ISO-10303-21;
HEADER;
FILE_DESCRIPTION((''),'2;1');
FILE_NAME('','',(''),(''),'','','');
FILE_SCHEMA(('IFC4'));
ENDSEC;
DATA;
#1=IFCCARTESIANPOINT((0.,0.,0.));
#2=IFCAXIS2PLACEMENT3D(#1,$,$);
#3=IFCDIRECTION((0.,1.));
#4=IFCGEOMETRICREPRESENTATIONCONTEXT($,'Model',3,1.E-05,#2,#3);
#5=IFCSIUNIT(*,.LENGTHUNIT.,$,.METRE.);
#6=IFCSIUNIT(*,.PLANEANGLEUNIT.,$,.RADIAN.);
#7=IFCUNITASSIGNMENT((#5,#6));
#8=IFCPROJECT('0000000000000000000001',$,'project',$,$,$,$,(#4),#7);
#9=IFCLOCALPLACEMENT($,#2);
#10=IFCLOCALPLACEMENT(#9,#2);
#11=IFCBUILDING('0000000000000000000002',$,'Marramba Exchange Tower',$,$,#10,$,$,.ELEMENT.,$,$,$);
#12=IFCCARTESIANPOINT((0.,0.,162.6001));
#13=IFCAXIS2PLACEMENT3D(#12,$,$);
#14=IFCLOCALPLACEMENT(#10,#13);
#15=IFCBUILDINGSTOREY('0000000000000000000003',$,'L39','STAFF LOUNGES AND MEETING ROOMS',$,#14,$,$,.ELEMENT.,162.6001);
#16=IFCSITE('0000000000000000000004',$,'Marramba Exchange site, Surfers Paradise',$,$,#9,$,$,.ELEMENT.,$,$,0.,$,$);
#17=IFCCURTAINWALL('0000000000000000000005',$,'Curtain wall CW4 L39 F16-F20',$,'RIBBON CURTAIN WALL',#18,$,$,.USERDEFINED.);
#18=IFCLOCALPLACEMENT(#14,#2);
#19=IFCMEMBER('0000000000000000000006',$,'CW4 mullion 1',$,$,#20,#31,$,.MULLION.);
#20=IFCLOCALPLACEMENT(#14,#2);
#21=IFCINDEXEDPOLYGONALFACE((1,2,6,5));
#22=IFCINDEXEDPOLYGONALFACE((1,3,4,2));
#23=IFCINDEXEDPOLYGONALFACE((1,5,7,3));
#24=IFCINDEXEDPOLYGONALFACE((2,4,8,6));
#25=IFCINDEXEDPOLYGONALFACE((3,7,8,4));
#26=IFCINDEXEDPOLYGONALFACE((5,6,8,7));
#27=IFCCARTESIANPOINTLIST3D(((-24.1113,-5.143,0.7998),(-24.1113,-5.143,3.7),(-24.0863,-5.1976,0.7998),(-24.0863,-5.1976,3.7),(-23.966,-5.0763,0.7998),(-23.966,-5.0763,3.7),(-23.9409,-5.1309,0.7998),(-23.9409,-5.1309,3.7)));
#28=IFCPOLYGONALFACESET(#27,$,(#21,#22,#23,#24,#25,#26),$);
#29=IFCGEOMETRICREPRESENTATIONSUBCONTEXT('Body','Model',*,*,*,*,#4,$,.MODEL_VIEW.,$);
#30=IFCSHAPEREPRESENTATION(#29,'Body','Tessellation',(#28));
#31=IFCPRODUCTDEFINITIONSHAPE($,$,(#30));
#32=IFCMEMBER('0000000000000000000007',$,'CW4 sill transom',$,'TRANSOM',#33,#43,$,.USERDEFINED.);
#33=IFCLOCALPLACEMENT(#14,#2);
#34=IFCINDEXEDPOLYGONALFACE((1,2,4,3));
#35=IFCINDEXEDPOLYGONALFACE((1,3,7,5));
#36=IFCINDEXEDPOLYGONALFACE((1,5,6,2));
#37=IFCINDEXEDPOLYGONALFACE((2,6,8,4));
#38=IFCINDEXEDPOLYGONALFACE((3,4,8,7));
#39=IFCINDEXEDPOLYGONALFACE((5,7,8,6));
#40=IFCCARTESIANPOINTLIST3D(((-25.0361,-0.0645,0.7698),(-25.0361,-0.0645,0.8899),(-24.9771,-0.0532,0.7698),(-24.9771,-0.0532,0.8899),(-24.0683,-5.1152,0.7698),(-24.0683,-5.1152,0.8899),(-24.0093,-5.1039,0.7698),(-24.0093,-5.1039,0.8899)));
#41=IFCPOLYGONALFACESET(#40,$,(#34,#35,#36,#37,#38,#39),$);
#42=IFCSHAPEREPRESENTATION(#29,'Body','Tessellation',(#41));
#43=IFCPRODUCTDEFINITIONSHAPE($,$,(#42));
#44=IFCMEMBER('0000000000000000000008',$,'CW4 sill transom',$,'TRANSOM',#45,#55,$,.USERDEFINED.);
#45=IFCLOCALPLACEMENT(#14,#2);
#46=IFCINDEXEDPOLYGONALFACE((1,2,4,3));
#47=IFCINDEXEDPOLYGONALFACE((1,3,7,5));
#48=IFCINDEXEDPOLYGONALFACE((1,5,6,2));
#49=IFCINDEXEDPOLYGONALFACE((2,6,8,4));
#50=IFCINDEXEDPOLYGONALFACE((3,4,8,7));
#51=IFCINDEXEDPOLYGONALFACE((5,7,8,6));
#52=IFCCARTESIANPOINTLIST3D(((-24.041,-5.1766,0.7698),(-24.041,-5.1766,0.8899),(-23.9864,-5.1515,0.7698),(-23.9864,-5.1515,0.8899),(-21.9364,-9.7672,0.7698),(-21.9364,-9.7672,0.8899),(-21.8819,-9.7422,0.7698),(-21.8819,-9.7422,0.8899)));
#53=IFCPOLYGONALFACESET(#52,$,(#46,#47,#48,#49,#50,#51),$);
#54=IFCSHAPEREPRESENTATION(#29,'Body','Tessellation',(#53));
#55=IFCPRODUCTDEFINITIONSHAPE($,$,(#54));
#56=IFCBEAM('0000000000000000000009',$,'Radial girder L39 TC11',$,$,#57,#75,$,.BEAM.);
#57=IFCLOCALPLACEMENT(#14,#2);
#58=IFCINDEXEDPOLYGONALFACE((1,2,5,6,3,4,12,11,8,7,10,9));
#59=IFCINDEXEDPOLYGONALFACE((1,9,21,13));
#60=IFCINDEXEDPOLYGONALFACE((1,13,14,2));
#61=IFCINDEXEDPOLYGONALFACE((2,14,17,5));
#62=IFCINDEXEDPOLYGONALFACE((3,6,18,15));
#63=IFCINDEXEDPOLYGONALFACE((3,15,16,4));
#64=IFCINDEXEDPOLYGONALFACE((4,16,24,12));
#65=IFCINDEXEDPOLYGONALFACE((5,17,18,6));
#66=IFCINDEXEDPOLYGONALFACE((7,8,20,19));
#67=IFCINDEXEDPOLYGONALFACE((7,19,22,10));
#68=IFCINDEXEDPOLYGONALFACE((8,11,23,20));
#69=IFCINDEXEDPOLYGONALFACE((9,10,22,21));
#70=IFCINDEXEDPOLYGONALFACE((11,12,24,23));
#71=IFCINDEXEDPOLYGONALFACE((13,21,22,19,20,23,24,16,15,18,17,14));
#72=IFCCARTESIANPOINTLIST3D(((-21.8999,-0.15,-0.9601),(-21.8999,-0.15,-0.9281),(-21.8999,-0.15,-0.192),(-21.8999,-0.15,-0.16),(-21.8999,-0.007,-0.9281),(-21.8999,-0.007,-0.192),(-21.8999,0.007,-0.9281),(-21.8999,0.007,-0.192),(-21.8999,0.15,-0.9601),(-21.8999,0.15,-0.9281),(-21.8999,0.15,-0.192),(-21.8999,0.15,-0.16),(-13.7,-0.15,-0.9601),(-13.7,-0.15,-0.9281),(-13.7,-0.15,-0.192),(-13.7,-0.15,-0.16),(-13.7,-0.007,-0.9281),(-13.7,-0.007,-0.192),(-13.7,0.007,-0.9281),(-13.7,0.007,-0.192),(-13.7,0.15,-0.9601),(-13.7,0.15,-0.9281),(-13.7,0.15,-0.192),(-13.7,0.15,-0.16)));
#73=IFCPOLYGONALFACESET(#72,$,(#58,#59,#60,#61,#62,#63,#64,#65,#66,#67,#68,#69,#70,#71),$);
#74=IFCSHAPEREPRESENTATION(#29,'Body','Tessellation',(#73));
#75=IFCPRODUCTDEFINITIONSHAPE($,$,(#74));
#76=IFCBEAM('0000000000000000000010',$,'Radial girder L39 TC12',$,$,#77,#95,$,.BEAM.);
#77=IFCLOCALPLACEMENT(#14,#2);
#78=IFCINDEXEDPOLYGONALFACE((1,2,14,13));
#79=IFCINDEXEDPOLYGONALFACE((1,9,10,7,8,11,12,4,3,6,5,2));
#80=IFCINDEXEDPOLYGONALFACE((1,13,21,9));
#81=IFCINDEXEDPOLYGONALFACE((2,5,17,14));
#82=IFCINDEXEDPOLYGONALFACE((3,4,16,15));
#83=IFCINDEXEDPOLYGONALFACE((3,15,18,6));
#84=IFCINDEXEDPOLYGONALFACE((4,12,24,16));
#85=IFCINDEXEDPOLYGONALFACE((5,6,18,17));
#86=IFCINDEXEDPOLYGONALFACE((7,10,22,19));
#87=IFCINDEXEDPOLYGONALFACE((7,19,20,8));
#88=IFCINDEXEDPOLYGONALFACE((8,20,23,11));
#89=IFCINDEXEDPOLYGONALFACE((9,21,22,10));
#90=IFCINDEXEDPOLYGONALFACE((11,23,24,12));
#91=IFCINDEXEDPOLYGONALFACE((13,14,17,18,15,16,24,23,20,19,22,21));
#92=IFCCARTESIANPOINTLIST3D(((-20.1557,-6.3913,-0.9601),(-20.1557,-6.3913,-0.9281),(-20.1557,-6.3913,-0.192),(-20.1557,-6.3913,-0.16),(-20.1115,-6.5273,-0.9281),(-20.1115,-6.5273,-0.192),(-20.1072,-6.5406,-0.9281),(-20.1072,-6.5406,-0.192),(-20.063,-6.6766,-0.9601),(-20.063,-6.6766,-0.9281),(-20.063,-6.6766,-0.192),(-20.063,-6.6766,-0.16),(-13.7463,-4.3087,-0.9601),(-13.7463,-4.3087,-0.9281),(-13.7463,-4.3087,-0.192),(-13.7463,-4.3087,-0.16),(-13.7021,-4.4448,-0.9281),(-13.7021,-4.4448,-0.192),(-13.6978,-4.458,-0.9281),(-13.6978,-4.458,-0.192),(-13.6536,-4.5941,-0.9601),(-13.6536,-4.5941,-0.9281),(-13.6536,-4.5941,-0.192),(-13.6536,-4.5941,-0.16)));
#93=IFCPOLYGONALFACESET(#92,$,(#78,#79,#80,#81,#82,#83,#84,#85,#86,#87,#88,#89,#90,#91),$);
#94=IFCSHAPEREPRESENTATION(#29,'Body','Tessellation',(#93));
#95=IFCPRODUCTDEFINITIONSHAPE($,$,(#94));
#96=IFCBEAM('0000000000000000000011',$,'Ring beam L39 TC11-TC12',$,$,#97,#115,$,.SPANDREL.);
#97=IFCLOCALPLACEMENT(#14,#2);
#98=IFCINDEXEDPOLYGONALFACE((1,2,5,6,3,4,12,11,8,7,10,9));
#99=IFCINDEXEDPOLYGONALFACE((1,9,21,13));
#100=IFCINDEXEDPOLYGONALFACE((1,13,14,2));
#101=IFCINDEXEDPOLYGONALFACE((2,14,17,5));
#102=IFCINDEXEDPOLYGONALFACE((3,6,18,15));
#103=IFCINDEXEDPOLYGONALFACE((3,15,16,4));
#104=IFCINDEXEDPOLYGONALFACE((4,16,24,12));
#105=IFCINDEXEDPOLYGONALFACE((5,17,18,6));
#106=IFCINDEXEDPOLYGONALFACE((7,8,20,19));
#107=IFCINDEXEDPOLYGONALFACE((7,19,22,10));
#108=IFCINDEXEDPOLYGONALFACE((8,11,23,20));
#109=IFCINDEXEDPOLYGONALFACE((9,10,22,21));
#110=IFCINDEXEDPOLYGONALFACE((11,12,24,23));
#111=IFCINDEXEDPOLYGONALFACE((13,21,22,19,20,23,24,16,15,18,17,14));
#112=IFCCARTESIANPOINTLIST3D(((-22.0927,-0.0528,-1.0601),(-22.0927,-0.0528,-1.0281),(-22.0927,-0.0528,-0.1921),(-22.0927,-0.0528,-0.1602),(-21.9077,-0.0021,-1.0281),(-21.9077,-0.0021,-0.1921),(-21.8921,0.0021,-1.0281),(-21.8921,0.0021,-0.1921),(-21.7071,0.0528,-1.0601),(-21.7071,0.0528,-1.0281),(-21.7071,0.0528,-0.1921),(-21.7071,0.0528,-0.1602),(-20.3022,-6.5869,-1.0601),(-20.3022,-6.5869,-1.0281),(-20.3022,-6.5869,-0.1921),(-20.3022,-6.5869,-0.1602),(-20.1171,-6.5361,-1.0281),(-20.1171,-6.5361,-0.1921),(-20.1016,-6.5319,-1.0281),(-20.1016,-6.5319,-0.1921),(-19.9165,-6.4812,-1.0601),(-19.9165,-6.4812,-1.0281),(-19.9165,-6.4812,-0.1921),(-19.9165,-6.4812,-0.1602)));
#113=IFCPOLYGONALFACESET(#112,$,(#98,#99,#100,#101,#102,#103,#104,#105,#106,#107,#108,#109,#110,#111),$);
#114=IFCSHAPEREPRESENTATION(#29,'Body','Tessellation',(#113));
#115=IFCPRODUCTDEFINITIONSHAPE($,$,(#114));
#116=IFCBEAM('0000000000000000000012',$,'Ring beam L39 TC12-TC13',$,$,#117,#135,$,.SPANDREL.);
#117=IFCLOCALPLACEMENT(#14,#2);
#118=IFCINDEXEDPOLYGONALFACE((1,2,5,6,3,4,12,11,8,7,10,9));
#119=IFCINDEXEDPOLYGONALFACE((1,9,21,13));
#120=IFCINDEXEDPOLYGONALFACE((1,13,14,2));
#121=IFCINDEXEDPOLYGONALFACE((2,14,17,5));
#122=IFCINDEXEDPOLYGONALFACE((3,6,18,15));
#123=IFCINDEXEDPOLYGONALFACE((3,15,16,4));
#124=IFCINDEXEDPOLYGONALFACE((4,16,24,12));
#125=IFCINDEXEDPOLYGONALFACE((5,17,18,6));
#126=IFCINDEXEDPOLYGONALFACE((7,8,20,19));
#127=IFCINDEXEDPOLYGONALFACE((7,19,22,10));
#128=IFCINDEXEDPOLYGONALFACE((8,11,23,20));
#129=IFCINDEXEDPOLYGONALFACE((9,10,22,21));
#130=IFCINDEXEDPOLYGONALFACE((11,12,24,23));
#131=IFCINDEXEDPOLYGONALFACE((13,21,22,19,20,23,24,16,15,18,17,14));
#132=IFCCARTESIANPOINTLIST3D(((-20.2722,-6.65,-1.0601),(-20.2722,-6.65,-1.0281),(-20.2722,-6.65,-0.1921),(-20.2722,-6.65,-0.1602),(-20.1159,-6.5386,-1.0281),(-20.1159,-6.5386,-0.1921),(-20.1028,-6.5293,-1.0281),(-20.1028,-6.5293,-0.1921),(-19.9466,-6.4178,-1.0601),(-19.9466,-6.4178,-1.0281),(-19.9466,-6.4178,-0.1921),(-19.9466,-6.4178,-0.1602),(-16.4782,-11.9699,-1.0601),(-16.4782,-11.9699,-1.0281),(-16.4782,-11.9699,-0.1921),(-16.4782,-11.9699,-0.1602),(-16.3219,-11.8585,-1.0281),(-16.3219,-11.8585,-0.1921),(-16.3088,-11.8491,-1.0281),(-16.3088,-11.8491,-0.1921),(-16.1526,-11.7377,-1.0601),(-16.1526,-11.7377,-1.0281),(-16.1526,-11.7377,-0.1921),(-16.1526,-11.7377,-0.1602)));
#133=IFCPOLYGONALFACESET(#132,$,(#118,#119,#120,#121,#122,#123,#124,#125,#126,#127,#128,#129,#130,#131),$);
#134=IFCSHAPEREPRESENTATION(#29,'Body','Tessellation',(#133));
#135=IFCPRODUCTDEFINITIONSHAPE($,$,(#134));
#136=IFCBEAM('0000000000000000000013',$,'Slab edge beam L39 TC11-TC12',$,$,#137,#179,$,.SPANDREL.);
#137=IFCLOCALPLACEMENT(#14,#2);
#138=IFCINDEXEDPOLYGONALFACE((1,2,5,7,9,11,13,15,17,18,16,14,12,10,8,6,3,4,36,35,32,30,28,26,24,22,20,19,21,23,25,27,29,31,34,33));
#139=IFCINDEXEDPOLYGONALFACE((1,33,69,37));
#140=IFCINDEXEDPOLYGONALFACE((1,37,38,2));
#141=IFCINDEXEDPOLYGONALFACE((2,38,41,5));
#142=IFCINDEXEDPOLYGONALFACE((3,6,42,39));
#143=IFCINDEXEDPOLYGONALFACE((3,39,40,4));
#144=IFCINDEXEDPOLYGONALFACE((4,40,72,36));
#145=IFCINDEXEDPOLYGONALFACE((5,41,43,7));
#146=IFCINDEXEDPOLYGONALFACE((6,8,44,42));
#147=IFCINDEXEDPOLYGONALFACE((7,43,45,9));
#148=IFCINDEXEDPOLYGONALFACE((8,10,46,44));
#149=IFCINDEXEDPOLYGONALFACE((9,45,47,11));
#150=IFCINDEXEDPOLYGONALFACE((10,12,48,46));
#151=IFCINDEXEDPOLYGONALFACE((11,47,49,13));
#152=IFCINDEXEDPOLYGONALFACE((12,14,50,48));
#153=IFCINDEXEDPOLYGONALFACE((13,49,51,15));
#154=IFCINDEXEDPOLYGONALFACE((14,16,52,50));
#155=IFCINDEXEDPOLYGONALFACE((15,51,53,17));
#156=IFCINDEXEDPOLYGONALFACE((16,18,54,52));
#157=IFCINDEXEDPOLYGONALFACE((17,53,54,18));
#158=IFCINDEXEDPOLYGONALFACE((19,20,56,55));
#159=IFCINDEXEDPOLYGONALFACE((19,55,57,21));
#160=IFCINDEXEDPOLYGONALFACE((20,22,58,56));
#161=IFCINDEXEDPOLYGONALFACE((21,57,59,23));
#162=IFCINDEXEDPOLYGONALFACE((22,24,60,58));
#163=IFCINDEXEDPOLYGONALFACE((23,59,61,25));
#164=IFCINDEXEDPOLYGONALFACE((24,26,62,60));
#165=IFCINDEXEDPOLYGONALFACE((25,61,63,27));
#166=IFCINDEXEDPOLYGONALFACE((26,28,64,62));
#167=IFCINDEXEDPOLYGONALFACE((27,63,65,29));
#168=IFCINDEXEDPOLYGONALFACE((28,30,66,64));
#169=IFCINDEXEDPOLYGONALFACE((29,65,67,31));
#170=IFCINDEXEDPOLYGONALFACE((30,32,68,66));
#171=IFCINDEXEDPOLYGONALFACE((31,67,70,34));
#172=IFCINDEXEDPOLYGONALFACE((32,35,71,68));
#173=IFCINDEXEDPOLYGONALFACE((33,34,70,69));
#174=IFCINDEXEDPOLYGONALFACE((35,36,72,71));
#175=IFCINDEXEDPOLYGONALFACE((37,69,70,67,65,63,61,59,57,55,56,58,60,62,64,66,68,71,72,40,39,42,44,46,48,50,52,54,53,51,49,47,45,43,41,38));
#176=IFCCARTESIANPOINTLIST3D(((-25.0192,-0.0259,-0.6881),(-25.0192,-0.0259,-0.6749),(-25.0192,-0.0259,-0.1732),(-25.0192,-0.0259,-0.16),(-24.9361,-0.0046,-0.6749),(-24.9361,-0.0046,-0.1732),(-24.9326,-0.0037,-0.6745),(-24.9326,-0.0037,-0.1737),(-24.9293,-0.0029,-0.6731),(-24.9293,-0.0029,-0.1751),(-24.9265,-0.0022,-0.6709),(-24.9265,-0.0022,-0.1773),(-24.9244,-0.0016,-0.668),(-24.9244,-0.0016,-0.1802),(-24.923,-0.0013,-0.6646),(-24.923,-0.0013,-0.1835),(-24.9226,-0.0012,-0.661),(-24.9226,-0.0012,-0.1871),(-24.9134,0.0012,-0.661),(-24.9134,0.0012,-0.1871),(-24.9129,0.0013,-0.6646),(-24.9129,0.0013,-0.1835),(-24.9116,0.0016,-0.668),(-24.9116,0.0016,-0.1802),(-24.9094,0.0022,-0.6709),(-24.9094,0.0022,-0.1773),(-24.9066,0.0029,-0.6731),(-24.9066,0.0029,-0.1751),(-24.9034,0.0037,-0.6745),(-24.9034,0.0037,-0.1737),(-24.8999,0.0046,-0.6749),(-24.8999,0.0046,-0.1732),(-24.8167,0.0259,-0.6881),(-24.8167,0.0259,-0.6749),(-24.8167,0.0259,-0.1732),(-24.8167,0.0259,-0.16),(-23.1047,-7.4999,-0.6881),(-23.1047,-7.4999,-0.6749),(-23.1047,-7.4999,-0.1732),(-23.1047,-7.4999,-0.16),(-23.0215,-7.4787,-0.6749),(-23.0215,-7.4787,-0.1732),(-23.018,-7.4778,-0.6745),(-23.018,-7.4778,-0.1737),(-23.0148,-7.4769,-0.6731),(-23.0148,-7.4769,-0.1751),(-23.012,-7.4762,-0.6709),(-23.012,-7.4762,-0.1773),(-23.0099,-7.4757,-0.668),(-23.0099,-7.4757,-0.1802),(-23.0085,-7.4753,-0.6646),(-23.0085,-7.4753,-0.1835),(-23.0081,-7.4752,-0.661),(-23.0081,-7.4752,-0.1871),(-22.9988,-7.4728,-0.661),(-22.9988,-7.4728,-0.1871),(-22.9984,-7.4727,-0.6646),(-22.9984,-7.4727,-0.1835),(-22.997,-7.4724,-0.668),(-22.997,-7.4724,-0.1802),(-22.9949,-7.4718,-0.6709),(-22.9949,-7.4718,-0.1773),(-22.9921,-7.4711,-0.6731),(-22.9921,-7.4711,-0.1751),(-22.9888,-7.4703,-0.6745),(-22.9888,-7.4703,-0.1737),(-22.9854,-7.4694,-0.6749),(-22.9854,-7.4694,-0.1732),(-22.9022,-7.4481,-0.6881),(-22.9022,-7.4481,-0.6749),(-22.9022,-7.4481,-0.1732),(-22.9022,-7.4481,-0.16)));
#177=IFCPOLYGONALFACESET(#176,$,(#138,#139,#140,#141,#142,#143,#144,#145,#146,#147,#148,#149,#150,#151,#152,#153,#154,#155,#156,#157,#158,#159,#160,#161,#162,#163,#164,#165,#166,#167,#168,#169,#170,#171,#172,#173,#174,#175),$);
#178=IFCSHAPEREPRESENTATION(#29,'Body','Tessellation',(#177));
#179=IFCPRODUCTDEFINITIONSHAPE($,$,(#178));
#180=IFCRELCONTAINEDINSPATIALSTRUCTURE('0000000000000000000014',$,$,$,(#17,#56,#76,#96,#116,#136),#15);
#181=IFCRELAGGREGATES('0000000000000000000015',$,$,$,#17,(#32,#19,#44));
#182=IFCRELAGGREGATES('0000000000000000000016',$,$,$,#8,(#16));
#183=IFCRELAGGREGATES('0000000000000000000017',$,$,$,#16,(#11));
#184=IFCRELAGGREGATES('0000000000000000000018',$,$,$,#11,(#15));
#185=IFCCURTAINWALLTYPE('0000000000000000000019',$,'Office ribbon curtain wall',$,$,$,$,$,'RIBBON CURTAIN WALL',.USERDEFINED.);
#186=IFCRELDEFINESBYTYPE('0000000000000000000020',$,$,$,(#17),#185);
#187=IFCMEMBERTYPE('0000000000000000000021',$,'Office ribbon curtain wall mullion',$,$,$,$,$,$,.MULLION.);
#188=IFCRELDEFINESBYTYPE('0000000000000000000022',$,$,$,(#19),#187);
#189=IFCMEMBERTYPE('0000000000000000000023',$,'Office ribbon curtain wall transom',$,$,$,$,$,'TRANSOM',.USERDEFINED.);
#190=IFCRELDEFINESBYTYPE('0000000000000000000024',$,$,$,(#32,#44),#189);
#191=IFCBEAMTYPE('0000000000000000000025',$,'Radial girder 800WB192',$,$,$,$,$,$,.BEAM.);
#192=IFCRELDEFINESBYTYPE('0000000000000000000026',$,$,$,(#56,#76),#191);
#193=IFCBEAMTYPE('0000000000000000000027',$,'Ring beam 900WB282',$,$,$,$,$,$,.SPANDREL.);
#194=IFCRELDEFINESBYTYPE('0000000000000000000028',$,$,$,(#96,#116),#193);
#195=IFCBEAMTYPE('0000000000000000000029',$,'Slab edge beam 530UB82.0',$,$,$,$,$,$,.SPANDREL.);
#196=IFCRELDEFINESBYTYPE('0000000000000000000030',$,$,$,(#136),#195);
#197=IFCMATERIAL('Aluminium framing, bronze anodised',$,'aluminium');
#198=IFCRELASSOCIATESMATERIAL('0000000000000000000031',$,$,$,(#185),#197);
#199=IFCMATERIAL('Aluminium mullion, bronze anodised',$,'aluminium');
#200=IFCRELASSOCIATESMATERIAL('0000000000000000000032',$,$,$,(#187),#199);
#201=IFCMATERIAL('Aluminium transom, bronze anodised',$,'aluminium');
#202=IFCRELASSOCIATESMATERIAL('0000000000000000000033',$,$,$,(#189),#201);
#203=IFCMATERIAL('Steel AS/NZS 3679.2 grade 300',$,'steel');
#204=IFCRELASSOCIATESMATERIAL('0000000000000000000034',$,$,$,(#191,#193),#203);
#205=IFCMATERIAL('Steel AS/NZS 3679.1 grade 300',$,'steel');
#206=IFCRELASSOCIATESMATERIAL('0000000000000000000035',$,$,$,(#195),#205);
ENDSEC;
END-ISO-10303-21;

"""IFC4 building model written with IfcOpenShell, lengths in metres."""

from ifc_helpers import new_model, si_unit, direction, frame, origin, origin_2d, place, context, subcontext, project, spatial, rectangle, i_section, extrude, material, material_profile, profile_set, type_object, element, aggregate, save


model = new_model("IFC4")

# Units and contexts
model_context = context("Model", 3, precision=1e-05, world=origin(), true_north=direction((0.0, 1.0)))
body_context = subcontext(model_context, "Body", "Model", "MODEL_VIEW")
ifc_project = project(units=[si_unit("LENGTHUNIT", "METRE"), si_unit("PLANEANGLEUNIT", "RADIAN")], contexts=[model_context])

# Site, building, storey
site_placement = place(None, origin())
site = spatial("IfcSite", under=ifc_project, at=site_placement, Name="Marramba Exchange site, Surfers Paradise", CompositionType="ELEMENT", RefElevation=0.0)
building_placement = place(site_placement, origin())
building = spatial("IfcBuilding", under=site, at=building_placement, Name="Marramba Exchange Tower", CompositionType="ELEMENT")
storey_placement = place(building_placement, frame((0.0, 0.0, 162.6001)))
storey = spatial("IfcBuildingStorey", under=building, at=storey_placement, Name="L39", Description="STAFF LOUNGES AND MEETING ROOMS", CompositionType="ELEMENT", Elevation=162.6001)

# Shared definitions
ifc_material_1 = material(Name="Steel AS/NZS 3679.2 grade 300", Category="steel")
ifc_material_2 = material(Name="Steel AS/NZS 3679.1 grade 300", Category="steel")

# Curtain wall, members
ifc_material_3 = material(Name="Aluminium framing, bronze anodised", Category="aluminium")
curtain_wall_type = type_object("IfcCurtainWallType", Name="Office ribbon curtain wall", ElementType="RIBBON CURTAIN WALL", PredefinedType="USERDEFINED", material=ifc_material_3)
curtain_wall_placement = place(storey_placement, origin())
curtain_wall = element("IfcCurtainWall", 1, at=curtain_wall_placement, inside=storey, type_object=curtain_wall_type, Name="Curtain wall CW4 L39 F16-F20", ObjectType="RIBBON CURTAIN WALL", PredefinedType="USERDEFINED")
ifc_material_4 = material(Name="Aluminium mullion, bronze anodised", Category="aluminium")
ifc_material_profile_1 = material_profile(ifc_material_4, rectangle(XDim=0.1599, YDim=0.0601, at=origin_2d()), Name="CW4 mullion 60x160")
ifc_profile_set_1 = profile_set([ifc_material_profile_1], Name="Aluminium mullion, bronze anodised")
member_type_1 = type_object("IfcMemberType", Name="Office ribbon curtain wall mullion", PredefinedType="MULLION", material=ifc_profile_set_1)
member_1_placement = place(storey_placement, frame((-24.0261, -5.137, 0.7998), z_axis=(0.0, 0.0, 1.0), x_axis=(0.909027, 0.416738, 0.0)))
member_1 = element("IfcMember", 2, at=member_1_placement, type_object=member_type_1, Name="CW4 mullion 1", PredefinedType="MULLION", context=body_context, shape_type="SweptSolid", body=[
    extrude(rectangle(XDim=0.1599, YDim=0.0601, at=origin_2d()), origin(), (0.0, 0.0, 1.0), 2.9001),
])
ifc_material_5 = material(Name="Aluminium transom, bronze anodised", Category="aluminium")
ifc_material_profile_2 = material_profile(ifc_material_5, rectangle(XDim=0.0601, YDim=0.1201, at=origin_2d()), Name="CW4 transom 60x120")
ifc_profile_set_2 = profile_set([ifc_material_profile_2], Name="Aluminium transom, bronze anodised")
member_type_2 = type_object("IfcMemberType", Name="Office ribbon curtain wall transom", ElementType="TRANSOM", PredefinedType="USERDEFINED", material=ifc_profile_set_2)
member_2_placement = place(storey_placement, frame((-25.0066, -0.0588, 0.8298), z_axis=(0.188185, -0.982134, 0.0), x_axis=(0.982134, 0.188185, 0.0)))
member_2 = element("IfcMember", 3, at=member_2_placement, type_object=member_type_2, Name="CW4 sill transom", ObjectType="TRANSOM", PredefinedType="USERDEFINED", context=body_context, shape_type="SweptSolid", body=[
    extrude(rectangle(XDim=0.0601, YDim=0.1201, at=origin_2d()), origin(), (0.0, 0.0, 1.0), 5.1426),
])
member_3_placement = place(storey_placement, frame((-24.0137, -5.1641, 0.8298), z_axis=(0.416733, -0.909029, 0.0), x_axis=(0.909029, 0.416733, 0.0)))
member_3 = element("IfcMember", 4, at=member_3_placement, type_object=member_type_2, Name="CW4 sill transom", ObjectType="TRANSOM", PredefinedType="USERDEFINED", context=body_context, shape_type="SweptSolid", body=[
    extrude(rectangle(XDim=0.0601, YDim=0.1201, at=origin_2d()), origin(), (0.0, 0.0, 1.0), 5.05),
])

# Beams
ifc_material_profile_3 = material_profile(ifc_material_1, i_section(OverallWidth=0.3, OverallDepth=0.8, WebThickness=0.0139, FlangeThickness=0.032, at=origin_2d()), Name="800WB192")
ifc_profile_set_3 = profile_set([ifc_material_profile_3], Name="Steel AS/NZS 3679.2 grade 300")
beam_type_1 = type_object("IfcBeamType", Name="Radial girder 800WB192", PredefinedType="BEAM", material=ifc_profile_set_3)
beam_1_placement = place(storey_placement, frame((-13.7, 0.0, -0.5601), z_axis=(-1.0, 0.0, 0.0), x_axis=(0.0, -1.0, 0.0)))
element("IfcBeam", 5, at=beam_1_placement, inside=storey, type_object=beam_type_1, Name="Radial girder L39 TC11", PredefinedType="BEAM", context=body_context, shape_type="SweptSolid", body=[
    extrude(i_section(OverallWidth=0.3, OverallDepth=0.8, WebThickness=0.0139, FlangeThickness=0.032, at=origin_2d()), origin(), (0.0, 0.0, 1.0), 8.2),
])
beam_2_placement = place(storey_placement, frame((-13.7, -4.4514, -0.5601), z_axis=(-0.951058, -0.309013, 0.0), x_axis=(0.309013, -0.951058, 0.0)))
element("IfcBeam", 6, at=beam_2_placement, inside=storey, type_object=beam_type_1, Name="Radial girder L39 TC12", PredefinedType="BEAM", context=body_context, shape_type="SweptSolid", body=[
    extrude(i_section(OverallWidth=0.3, OverallDepth=0.8, WebThickness=0.0139, FlangeThickness=0.032, at=origin_2d()), origin(), (0.0, 0.0, 1.0), 6.7393),
])
ifc_material_profile_4 = material_profile(ifc_material_1, i_section(OverallWidth=0.3999, OverallDepth=0.8999, WebThickness=0.0161, FlangeThickness=0.032, at=origin_2d()), Name="900WB282")
ifc_profile_set_4 = profile_set([ifc_material_profile_4], Name="Steel AS/NZS 3679.2 grade 300")
beam_type_2 = type_object("IfcBeamType", Name="Ring beam 900WB282", PredefinedType="SPANDREL", material=ifc_profile_set_4)
beam_3_placement = place(storey_placement, frame((-21.8999, 0.0, -0.6101), z_axis=(0.264291, -0.964443, 0.0), x_axis=(0.964443, 0.264291, 0.0)))
element("IfcBeam", 7, at=beam_3_placement, inside=storey, type_object=beam_type_2, Name="Ring beam L39 TC11-TC12", PredefinedType="SPANDREL", context=body_context, shape_type="SweptSolid", body=[
    extrude(i_section(OverallWidth=0.3999, OverallDepth=0.8999, WebThickness=0.0161, FlangeThickness=0.032, at=origin_2d()), origin(), (0.0, 0.0, 1.0), 6.7749),
])
beam_4_placement = place(storey_placement, frame((-20.1094, -6.5339, -0.6101), z_axis=(0.580637, -0.814162, 0.0), x_axis=(0.814162, 0.580637, 0.0)))
element("IfcBeam", 8, at=beam_4_placement, inside=storey, type_object=beam_type_2, Name="Ring beam L39 TC12-TC13", PredefinedType="SPANDREL", context=body_context, shape_type="SweptSolid", body=[
    extrude(i_section(OverallWidth=0.3999, OverallDepth=0.8999, WebThickness=0.0161, FlangeThickness=0.032, at=origin_2d()), origin(), (0.0, 0.0, 1.0), 6.5342),
])
ifc_material_profile_5 = material_profile(ifc_material_2, i_section(OverallWidth=0.209, OverallDepth=0.5281, WebThickness=0.0095, FlangeThickness=0.0132, FilletRadius=0.0139, at=origin_2d()), Name="530UB82.0")
ifc_profile_set_5 = profile_set([ifc_material_profile_5], Name="Steel AS/NZS 3679.1 grade 300")
beam_type_3 = type_object("IfcBeamType", Name="Slab edge beam 530UB82.0", PredefinedType="SPANDREL", material=ifc_profile_set_5)
beam_5_placement = place(storey_placement, frame((-24.918, 0.0, -0.4241), z_axis=(0.248145, -0.968723, 0.0), x_axis=(0.968723, 0.248145, 0.0)))
element("IfcBeam", 9, at=beam_5_placement, inside=storey, type_object=beam_type_3, Name="Slab edge beam L39 TC11-TC12", PredefinedType="SPANDREL", context=body_context, shape_type="SweptSolid", body=[
    extrude(i_section(OverallWidth=0.209, OverallDepth=0.5281, WebThickness=0.0095, FlangeThickness=0.0132, FilletRadius=0.0139, at=origin_2d()), origin(), (0.0, 0.0, 1.0), 7.7153),
])

aggregate(curtain_wall, [member_2, member_1, member_3])

save(model, "model.ifc")
